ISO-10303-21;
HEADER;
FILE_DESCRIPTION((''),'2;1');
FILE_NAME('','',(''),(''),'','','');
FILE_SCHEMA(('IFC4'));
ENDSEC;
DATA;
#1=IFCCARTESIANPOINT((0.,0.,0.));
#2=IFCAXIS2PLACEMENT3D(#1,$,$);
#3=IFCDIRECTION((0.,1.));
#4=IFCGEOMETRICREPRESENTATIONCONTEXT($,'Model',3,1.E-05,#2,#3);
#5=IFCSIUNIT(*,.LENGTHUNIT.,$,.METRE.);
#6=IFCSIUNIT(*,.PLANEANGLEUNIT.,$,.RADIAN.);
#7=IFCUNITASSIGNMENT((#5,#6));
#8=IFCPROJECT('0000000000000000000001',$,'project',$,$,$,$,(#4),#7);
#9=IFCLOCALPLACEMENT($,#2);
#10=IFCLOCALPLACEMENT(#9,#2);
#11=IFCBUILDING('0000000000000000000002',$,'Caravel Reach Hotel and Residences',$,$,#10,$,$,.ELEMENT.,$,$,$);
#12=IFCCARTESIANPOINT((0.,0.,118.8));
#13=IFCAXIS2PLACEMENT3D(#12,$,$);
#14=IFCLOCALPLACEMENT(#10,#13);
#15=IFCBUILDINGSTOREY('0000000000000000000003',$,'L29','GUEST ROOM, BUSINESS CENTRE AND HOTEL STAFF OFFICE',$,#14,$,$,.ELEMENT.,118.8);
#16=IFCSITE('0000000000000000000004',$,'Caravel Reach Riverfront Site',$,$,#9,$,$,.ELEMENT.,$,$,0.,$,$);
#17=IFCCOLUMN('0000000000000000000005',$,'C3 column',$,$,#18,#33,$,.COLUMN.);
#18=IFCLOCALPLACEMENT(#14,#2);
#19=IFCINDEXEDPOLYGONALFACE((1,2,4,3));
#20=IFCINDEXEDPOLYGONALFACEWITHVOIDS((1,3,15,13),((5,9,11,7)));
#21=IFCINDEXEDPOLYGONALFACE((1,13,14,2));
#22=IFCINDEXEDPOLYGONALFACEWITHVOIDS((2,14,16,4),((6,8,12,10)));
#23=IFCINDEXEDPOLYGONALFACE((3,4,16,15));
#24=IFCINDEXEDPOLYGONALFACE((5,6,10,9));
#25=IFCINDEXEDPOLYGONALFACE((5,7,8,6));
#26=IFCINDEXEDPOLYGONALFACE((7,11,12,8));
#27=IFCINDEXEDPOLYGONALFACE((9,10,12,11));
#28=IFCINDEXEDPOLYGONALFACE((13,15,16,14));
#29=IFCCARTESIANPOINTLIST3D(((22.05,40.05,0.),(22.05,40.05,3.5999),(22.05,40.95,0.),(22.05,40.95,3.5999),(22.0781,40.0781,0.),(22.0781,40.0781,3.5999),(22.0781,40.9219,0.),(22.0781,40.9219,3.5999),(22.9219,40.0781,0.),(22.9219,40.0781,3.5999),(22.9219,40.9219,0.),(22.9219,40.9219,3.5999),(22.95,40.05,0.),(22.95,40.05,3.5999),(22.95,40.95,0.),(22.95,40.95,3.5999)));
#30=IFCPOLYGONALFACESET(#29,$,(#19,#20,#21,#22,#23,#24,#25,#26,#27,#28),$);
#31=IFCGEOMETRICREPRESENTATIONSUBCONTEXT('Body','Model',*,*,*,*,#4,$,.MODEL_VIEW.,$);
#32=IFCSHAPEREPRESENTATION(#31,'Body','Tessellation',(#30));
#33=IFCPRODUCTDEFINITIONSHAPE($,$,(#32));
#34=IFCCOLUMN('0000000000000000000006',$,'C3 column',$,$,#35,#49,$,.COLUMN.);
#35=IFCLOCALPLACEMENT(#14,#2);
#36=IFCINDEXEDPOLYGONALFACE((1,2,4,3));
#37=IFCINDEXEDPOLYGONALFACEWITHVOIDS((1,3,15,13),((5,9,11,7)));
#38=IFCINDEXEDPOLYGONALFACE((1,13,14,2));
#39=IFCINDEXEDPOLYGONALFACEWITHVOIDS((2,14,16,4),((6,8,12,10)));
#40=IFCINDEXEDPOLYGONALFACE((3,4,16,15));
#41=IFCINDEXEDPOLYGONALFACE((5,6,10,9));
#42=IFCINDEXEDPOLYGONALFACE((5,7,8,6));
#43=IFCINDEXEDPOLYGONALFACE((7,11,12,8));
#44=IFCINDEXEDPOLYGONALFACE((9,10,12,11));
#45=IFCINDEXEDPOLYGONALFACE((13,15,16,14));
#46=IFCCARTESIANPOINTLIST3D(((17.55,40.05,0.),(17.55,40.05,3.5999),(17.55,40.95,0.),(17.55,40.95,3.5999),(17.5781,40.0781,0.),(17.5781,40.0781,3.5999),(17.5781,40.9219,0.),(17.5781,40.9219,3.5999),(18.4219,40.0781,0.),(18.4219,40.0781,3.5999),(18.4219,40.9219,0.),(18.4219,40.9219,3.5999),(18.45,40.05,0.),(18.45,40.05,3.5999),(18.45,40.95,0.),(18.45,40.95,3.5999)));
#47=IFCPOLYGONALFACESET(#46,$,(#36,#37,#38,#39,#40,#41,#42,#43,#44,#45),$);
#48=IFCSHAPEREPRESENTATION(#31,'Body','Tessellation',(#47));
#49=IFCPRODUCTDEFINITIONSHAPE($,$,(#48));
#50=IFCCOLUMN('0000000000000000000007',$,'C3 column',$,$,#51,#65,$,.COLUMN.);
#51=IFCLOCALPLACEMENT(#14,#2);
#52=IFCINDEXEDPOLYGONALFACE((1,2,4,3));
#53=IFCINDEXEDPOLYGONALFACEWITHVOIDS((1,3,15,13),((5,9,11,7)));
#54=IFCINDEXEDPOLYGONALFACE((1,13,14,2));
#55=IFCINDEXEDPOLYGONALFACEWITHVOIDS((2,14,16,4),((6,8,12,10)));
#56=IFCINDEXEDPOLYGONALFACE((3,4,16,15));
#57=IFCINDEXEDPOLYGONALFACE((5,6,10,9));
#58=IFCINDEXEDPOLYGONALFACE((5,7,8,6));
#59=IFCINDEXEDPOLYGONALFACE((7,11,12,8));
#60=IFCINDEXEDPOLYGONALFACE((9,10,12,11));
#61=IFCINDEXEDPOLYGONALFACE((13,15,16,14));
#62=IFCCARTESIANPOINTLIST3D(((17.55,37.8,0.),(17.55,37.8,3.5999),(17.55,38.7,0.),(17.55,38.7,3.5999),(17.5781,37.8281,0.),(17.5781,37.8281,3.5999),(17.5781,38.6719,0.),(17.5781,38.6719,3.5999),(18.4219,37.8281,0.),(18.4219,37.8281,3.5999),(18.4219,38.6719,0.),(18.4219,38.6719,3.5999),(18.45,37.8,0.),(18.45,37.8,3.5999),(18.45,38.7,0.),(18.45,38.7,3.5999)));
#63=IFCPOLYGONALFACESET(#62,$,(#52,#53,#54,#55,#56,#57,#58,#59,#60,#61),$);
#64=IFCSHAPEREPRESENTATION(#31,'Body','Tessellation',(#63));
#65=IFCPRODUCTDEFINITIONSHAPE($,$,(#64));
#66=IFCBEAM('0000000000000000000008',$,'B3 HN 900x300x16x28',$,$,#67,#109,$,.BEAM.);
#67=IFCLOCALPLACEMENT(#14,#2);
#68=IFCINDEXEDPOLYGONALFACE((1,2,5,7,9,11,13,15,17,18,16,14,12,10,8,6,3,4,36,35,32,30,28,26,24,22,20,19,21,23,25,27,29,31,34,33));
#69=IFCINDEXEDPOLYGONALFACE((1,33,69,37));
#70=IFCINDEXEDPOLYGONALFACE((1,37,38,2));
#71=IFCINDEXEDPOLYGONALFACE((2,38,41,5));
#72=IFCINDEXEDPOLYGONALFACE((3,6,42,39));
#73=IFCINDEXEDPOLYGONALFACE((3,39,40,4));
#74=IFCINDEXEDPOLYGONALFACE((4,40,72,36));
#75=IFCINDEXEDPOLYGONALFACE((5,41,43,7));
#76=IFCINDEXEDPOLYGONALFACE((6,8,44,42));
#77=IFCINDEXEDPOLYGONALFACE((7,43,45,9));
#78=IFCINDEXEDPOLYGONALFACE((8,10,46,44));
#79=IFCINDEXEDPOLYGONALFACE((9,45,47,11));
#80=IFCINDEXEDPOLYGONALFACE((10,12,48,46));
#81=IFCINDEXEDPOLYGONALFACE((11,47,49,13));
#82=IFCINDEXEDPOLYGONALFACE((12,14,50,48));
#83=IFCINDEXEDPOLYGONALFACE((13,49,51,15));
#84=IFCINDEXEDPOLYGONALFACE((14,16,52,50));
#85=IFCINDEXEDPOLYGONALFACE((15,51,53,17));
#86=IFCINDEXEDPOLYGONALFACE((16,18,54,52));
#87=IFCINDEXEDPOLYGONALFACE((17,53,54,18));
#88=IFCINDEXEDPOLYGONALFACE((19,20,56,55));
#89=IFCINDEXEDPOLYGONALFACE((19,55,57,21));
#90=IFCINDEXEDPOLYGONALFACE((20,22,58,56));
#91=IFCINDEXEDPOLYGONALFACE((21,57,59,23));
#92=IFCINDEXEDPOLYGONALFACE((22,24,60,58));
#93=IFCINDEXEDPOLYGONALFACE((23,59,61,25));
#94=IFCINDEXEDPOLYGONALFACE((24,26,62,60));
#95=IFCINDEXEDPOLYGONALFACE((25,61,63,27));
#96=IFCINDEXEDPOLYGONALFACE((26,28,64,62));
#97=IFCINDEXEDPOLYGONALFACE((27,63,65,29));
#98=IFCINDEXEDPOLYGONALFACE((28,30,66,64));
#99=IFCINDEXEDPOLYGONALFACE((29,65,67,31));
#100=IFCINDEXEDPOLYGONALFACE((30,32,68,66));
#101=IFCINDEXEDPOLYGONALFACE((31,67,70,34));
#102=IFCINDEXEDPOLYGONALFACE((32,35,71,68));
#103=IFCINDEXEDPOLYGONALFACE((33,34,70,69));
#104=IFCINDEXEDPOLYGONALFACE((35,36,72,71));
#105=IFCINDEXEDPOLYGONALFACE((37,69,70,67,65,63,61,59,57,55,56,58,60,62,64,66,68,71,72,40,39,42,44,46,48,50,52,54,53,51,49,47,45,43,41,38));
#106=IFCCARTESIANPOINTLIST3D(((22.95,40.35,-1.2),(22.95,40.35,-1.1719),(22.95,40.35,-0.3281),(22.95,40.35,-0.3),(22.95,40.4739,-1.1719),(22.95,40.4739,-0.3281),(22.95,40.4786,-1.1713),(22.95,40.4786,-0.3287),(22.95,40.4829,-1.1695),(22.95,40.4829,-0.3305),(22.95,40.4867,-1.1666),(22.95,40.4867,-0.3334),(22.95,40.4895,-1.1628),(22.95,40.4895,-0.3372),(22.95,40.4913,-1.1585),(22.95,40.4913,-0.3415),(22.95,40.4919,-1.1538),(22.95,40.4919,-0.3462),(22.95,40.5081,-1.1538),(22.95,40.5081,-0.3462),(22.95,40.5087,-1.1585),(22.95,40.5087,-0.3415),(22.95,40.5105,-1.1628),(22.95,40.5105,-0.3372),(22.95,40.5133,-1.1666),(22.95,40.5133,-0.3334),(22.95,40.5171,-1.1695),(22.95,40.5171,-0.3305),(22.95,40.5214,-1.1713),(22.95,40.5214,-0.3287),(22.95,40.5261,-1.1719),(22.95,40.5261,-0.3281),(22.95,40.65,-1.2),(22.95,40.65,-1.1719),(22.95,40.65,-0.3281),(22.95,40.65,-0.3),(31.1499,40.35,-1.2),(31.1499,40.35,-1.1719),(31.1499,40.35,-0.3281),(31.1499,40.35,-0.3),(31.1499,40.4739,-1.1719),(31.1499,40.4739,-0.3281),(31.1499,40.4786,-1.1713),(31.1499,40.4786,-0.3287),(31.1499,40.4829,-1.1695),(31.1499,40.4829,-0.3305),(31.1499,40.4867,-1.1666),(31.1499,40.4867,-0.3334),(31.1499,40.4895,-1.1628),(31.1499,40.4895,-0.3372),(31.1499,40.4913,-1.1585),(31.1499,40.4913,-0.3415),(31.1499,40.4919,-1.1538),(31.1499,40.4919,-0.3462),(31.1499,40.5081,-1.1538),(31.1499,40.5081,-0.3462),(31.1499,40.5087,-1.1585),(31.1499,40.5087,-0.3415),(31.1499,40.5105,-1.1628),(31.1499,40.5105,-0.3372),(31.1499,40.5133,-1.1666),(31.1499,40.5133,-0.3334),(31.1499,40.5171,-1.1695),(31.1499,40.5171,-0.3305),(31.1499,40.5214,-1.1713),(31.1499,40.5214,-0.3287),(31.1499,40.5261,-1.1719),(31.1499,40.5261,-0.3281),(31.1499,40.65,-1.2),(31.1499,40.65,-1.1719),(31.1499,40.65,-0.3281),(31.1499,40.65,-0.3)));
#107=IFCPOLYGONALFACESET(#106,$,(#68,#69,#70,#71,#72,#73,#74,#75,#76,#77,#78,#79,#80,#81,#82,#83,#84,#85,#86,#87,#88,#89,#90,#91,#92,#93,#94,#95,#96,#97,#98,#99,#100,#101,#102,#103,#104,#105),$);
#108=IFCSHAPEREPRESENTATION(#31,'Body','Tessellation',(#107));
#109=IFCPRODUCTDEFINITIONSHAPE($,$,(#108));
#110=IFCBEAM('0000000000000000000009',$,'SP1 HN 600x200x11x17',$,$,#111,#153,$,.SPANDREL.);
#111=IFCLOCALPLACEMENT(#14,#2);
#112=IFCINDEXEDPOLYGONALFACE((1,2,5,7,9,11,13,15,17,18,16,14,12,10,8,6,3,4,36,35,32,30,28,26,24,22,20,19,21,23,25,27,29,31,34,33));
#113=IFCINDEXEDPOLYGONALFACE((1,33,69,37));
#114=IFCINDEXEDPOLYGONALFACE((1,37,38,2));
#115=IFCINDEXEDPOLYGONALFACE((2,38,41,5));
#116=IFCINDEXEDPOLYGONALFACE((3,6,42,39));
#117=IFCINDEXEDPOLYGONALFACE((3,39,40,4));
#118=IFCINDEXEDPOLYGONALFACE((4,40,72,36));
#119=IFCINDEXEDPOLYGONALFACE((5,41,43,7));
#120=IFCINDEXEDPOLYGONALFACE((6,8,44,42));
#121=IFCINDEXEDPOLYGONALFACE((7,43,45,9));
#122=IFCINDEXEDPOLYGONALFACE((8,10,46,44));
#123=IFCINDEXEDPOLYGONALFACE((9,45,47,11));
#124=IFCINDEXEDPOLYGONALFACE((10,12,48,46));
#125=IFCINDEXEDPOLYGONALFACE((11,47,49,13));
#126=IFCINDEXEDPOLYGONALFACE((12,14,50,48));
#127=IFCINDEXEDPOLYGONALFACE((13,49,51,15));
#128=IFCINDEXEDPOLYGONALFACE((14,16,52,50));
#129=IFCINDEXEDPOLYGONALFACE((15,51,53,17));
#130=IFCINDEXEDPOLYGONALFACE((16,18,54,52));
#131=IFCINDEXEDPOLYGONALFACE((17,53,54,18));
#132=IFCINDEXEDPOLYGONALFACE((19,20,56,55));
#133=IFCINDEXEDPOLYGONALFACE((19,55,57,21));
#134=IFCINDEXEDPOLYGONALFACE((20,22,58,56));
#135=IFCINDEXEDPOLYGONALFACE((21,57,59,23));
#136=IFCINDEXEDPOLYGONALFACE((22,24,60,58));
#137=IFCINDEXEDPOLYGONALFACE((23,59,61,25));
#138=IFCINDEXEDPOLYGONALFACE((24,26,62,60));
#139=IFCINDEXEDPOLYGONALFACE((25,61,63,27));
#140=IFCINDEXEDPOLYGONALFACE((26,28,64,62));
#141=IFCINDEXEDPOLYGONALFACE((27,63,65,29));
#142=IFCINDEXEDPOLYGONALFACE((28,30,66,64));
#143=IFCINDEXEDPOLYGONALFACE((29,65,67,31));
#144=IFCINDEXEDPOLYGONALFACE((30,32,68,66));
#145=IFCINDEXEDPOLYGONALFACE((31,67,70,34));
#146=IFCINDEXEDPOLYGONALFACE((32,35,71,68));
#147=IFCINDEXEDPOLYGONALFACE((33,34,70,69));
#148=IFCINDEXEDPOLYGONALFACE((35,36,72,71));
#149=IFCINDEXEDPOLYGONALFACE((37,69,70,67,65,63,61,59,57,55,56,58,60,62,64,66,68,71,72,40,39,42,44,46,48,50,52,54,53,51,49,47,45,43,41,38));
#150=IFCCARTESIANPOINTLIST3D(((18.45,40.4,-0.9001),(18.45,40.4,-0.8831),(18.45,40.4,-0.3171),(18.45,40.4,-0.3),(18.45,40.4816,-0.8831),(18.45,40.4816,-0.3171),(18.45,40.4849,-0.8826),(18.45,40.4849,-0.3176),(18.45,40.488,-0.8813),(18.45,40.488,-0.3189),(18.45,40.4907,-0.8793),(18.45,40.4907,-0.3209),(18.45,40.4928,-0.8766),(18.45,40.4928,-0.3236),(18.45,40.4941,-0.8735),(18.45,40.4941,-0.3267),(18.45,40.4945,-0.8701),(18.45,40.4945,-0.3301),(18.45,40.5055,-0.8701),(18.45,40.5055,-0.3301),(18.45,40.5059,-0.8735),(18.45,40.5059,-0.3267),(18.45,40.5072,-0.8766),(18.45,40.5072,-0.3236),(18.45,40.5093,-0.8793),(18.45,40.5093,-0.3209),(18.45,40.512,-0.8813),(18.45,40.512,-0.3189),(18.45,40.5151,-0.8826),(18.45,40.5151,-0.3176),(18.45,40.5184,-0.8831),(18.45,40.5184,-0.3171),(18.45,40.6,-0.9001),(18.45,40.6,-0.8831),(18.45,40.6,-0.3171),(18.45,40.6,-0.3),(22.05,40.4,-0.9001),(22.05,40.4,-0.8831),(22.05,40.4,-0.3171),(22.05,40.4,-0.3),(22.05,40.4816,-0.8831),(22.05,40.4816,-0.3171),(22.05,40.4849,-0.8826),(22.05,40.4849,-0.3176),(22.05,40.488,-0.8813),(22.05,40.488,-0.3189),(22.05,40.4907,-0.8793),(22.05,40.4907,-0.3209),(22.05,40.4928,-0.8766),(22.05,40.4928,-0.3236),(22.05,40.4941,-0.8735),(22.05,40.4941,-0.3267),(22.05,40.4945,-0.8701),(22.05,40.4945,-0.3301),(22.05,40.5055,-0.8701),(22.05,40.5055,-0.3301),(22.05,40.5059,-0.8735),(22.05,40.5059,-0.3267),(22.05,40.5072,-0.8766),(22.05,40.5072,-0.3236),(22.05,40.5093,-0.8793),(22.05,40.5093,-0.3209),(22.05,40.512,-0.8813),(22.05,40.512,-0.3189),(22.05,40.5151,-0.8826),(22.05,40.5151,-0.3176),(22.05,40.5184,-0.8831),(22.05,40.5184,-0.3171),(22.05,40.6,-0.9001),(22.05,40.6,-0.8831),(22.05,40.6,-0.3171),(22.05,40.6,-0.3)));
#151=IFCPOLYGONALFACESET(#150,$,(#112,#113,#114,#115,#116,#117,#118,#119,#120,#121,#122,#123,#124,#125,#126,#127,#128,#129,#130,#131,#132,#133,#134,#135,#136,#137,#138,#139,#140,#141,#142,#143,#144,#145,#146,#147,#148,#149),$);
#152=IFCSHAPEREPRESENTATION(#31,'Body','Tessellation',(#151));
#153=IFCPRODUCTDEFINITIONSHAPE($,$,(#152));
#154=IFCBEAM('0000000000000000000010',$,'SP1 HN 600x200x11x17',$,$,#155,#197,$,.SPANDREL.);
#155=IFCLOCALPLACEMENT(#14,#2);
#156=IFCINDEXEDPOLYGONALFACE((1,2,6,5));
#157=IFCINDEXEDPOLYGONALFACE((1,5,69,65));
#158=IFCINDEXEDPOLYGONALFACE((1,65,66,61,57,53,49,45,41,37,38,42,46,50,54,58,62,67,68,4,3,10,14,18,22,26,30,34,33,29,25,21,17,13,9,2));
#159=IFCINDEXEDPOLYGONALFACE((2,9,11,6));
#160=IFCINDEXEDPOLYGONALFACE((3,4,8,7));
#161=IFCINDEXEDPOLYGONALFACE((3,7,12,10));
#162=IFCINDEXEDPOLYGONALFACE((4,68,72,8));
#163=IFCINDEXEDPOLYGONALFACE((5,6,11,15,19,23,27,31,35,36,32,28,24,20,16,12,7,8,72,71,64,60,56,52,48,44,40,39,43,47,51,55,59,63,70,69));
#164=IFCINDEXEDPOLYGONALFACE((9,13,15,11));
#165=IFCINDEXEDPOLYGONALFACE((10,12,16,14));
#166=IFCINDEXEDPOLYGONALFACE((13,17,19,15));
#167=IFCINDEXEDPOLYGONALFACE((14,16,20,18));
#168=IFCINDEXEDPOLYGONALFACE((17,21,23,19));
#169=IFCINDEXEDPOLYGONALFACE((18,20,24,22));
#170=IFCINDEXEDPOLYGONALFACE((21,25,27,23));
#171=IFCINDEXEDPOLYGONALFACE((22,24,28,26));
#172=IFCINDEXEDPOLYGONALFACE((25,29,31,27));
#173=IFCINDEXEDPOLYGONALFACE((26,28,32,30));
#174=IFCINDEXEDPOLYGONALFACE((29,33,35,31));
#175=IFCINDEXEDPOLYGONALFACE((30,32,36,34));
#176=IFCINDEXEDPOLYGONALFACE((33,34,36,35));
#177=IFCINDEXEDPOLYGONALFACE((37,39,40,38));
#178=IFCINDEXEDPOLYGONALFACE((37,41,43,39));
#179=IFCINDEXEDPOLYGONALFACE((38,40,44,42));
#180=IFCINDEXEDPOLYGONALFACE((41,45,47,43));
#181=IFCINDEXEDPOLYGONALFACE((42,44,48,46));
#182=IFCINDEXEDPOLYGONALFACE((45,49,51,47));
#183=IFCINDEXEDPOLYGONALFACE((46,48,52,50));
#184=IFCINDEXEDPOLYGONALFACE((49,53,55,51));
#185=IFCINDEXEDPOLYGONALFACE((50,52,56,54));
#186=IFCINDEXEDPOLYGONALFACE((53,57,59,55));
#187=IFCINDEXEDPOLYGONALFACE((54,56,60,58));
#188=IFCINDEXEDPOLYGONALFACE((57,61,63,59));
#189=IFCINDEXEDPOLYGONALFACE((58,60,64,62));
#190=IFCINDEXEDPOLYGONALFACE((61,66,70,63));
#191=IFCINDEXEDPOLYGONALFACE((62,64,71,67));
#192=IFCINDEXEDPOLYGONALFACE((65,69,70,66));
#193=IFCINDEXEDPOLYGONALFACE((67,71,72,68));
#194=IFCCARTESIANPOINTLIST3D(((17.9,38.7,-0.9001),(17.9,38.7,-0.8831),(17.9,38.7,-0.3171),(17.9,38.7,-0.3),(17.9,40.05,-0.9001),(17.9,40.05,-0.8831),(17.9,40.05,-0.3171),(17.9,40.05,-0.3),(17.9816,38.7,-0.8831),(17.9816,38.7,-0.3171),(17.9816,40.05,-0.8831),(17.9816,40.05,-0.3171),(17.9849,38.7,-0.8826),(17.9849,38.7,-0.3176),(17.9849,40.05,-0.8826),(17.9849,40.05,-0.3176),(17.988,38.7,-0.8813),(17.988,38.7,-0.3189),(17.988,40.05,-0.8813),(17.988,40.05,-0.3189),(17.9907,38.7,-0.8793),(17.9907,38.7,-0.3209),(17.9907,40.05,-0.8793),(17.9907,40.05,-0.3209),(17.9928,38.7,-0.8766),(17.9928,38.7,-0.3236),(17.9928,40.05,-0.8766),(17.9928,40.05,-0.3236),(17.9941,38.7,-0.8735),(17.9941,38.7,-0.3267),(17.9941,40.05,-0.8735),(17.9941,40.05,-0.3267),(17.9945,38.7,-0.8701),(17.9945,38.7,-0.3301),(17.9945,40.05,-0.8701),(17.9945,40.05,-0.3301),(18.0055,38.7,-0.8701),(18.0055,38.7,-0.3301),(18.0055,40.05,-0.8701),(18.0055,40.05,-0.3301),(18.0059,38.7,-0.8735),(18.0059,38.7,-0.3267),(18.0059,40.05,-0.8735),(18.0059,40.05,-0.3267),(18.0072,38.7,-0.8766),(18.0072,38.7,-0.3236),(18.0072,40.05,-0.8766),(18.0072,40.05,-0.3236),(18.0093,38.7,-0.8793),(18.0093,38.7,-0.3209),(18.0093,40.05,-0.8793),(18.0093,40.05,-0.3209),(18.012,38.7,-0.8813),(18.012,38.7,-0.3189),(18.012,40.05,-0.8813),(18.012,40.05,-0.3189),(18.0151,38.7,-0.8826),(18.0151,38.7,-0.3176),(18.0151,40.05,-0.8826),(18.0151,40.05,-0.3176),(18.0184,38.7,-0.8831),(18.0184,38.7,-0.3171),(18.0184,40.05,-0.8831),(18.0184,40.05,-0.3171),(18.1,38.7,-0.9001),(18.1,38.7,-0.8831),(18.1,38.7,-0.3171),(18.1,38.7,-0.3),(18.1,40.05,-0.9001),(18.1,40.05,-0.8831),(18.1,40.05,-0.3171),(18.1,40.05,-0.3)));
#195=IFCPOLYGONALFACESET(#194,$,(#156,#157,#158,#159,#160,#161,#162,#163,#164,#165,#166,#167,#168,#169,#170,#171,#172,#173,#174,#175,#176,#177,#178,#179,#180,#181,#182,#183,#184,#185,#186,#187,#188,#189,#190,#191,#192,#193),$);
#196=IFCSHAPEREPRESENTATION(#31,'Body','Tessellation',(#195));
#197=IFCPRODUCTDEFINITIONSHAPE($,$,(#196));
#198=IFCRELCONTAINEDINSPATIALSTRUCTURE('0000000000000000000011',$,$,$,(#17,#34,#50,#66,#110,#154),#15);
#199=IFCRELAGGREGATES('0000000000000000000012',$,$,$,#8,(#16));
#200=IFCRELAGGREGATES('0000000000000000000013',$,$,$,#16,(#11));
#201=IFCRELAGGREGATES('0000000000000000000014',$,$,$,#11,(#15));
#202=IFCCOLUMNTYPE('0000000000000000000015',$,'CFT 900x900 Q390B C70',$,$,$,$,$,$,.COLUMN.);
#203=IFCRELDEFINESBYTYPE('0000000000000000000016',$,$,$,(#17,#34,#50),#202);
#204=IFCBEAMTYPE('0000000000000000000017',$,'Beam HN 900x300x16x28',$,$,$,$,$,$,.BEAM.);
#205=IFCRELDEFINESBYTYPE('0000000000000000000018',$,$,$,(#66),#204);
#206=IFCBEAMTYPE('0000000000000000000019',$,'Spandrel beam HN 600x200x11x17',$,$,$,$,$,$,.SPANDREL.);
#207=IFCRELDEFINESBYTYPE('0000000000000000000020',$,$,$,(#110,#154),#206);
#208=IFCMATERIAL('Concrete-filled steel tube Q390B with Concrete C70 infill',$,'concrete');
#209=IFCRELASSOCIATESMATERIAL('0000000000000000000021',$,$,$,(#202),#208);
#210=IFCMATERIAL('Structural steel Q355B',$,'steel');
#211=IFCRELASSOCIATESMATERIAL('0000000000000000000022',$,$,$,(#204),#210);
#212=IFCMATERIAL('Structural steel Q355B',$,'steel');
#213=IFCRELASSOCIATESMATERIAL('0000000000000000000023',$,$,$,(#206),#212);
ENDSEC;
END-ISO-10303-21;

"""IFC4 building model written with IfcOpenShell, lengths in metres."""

from ifc_helpers import new_model, si_unit, direction, frame, origin, origin_2d, place, context, subcontext, project, spatial, hollow_rectangle, i_section, extrude, material, material_profile, profile_set, type_object, element, save


model = new_model("IFC4")

# Units and contexts
model_context = context("Model", 3, precision=1e-05, world=origin(), true_north=direction((0.0, 1.0)))
body_context = subcontext(model_context, "Body", "Model", "MODEL_VIEW")
ifc_project = project(units=[si_unit("LENGTHUNIT", "METRE"), si_unit("PLANEANGLEUNIT", "RADIAN")], contexts=[model_context])

# Site, building, storey
site_placement = place(None, origin())
site = spatial("IfcSite", under=ifc_project, at=site_placement, Name="Caravel Reach Riverfront Site", CompositionType="ELEMENT", RefElevation=0.0)
building_placement = place(site_placement, origin())
building = spatial("IfcBuilding", under=site, at=building_placement, Name="Caravel Reach Hotel and Residences", CompositionType="ELEMENT")
storey_placement = place(building_placement, frame((0.0, 0.0, 118.8)))
storey = spatial("IfcBuildingStorey", under=building, at=storey_placement, Name="L29", Description="GUEST ROOM, BUSINESS CENTRE AND HOTEL STAFF OFFICE", CompositionType="ELEMENT", Elevation=118.8)

# Columns
ifc_material_1 = material(Name="Concrete-filled steel tube Q390B with Concrete C70 infill", Category="concrete")
ifc_material_profile_1 = material_profile(ifc_material_1, hollow_rectangle(XDim=0.8999, YDim=0.8999, WallThickness=0.0281, at=origin_2d()), Name="RHS 900x900x28")
ifc_profile_set_1 = profile_set([ifc_material_profile_1], Name="Concrete-filled steel tube Q390B with Concrete C70 infill")
column_type = type_object("IfcColumnType", Name="CFT 900x900 Q390B C70", PredefinedType="COLUMN", material=ifc_profile_set_1)
for number, where, z_axis, x_axis, name in (
    (1, (22.5, 40.5, 0.0), (0.0, 0.0, 1.0), (1.0, 0.0, 0.0), "C3 column"),
    (2, (18.0, 40.5, 0.0), (0.0, 0.0, 1.0), (1.0, 0.0, 0.0), "C3 column"),
    (3, (18.0, 38.25, 0.0), (0.0, 0.0, 1.0), (1.0, 0.0, 0.0), "C3 column"),
):
    element("IfcColumn", number, at=place(storey_placement, frame(where, z_axis=z_axis, x_axis=x_axis)), inside=storey, type_object=column_type, Name=name, PredefinedType="COLUMN", context=body_context, shape_type="SweptSolid", body=[
        extrude(hollow_rectangle(XDim=0.8999, YDim=0.8999, WallThickness=0.0281, at=origin_2d()), origin(), (0.0, 0.0, 1.0), 3.5999),
    ])

# Beams
ifc_material_2 = material(Name="Structural steel Q355B", Category="steel")
ifc_material_profile_2 = material_profile(ifc_material_2, i_section(OverallWidth=0.3, OverallDepth=0.8999, WebThickness=0.0161, FlangeThickness=0.0281, FilletRadius=0.0181, at=origin_2d()), Name="HN 900x300x16x28")
ifc_profile_set_2 = profile_set([ifc_material_profile_2], Name="Structural steel Q355B")
beam_type_1 = type_object("IfcBeamType", Name="Beam HN 900x300x16x28", PredefinedType="BEAM", material=ifc_profile_set_2)
beam_1_placement = place(storey_placement, frame((22.95, 40.5, -0.75), z_axis=(1.0, 0.0, 0.0), x_axis=(0.0, 1.0, 0.0)))
element("IfcBeam", 4, at=beam_1_placement, inside=storey, type_object=beam_type_1, Name="B3 HN 900x300x16x28", PredefinedType="BEAM", context=body_context, shape_type="SweptSolid", body=[
    extrude(i_section(OverallWidth=0.3, OverallDepth=0.8999, WebThickness=0.0161, FlangeThickness=0.0281, FilletRadius=0.0181, at=origin_2d()), origin(), (0.0, 0.0, 1.0), 8.2),
])
ifc_material_3 = material(Name="Structural steel Q355B", Category="steel")
ifc_material_profile_3 = material_profile(ifc_material_3, i_section(OverallWidth=0.2, OverallDepth=0.6001, WebThickness=0.011, FlangeThickness=0.0171, FilletRadius=0.0129, at=origin_2d()), Name="HN 600x200x11x17")
ifc_profile_set_3 = profile_set([ifc_material_profile_3], Name="Structural steel Q355B")
beam_type_2 = type_object("IfcBeamType", Name="Spandrel beam HN 600x200x11x17", PredefinedType="SPANDREL", material=ifc_profile_set_3)
beam_2_placement = place(storey_placement, frame((22.05, 40.5, -0.6001), z_axis=(-1.0, 0.0, 0.0), x_axis=(0.0, -1.0, 0.0)))
element("IfcBeam", 5, at=beam_2_placement, inside=storey, type_object=beam_type_2, Name="SP1 HN 600x200x11x17", PredefinedType="SPANDREL", context=body_context, shape_type="SweptSolid", body=[
    extrude(i_section(OverallWidth=0.2, OverallDepth=0.6001, WebThickness=0.011, FlangeThickness=0.0171, FilletRadius=0.0129, at=origin_2d()), origin(), (0.0, 0.0, 1.0), 3.6001),
])
beam_3_placement = place(storey_placement, frame((18.0, 40.05, -0.6001), z_axis=(0.0, -1.0, 0.0), x_axis=(1.0, 0.0, 0.0)))
element("IfcBeam", 6, at=beam_3_placement, inside=storey, type_object=beam_type_2, Name="SP1 HN 600x200x11x17", PredefinedType="SPANDREL", context=body_context, shape_type="SweptSolid", body=[
    extrude(i_section(OverallWidth=0.2, OverallDepth=0.6001, WebThickness=0.011, FlangeThickness=0.0171, FilletRadius=0.0129, at=origin_2d()), origin(), (0.0, 0.0, 1.0), 1.3501),
])

save(model, "model.ifc")
